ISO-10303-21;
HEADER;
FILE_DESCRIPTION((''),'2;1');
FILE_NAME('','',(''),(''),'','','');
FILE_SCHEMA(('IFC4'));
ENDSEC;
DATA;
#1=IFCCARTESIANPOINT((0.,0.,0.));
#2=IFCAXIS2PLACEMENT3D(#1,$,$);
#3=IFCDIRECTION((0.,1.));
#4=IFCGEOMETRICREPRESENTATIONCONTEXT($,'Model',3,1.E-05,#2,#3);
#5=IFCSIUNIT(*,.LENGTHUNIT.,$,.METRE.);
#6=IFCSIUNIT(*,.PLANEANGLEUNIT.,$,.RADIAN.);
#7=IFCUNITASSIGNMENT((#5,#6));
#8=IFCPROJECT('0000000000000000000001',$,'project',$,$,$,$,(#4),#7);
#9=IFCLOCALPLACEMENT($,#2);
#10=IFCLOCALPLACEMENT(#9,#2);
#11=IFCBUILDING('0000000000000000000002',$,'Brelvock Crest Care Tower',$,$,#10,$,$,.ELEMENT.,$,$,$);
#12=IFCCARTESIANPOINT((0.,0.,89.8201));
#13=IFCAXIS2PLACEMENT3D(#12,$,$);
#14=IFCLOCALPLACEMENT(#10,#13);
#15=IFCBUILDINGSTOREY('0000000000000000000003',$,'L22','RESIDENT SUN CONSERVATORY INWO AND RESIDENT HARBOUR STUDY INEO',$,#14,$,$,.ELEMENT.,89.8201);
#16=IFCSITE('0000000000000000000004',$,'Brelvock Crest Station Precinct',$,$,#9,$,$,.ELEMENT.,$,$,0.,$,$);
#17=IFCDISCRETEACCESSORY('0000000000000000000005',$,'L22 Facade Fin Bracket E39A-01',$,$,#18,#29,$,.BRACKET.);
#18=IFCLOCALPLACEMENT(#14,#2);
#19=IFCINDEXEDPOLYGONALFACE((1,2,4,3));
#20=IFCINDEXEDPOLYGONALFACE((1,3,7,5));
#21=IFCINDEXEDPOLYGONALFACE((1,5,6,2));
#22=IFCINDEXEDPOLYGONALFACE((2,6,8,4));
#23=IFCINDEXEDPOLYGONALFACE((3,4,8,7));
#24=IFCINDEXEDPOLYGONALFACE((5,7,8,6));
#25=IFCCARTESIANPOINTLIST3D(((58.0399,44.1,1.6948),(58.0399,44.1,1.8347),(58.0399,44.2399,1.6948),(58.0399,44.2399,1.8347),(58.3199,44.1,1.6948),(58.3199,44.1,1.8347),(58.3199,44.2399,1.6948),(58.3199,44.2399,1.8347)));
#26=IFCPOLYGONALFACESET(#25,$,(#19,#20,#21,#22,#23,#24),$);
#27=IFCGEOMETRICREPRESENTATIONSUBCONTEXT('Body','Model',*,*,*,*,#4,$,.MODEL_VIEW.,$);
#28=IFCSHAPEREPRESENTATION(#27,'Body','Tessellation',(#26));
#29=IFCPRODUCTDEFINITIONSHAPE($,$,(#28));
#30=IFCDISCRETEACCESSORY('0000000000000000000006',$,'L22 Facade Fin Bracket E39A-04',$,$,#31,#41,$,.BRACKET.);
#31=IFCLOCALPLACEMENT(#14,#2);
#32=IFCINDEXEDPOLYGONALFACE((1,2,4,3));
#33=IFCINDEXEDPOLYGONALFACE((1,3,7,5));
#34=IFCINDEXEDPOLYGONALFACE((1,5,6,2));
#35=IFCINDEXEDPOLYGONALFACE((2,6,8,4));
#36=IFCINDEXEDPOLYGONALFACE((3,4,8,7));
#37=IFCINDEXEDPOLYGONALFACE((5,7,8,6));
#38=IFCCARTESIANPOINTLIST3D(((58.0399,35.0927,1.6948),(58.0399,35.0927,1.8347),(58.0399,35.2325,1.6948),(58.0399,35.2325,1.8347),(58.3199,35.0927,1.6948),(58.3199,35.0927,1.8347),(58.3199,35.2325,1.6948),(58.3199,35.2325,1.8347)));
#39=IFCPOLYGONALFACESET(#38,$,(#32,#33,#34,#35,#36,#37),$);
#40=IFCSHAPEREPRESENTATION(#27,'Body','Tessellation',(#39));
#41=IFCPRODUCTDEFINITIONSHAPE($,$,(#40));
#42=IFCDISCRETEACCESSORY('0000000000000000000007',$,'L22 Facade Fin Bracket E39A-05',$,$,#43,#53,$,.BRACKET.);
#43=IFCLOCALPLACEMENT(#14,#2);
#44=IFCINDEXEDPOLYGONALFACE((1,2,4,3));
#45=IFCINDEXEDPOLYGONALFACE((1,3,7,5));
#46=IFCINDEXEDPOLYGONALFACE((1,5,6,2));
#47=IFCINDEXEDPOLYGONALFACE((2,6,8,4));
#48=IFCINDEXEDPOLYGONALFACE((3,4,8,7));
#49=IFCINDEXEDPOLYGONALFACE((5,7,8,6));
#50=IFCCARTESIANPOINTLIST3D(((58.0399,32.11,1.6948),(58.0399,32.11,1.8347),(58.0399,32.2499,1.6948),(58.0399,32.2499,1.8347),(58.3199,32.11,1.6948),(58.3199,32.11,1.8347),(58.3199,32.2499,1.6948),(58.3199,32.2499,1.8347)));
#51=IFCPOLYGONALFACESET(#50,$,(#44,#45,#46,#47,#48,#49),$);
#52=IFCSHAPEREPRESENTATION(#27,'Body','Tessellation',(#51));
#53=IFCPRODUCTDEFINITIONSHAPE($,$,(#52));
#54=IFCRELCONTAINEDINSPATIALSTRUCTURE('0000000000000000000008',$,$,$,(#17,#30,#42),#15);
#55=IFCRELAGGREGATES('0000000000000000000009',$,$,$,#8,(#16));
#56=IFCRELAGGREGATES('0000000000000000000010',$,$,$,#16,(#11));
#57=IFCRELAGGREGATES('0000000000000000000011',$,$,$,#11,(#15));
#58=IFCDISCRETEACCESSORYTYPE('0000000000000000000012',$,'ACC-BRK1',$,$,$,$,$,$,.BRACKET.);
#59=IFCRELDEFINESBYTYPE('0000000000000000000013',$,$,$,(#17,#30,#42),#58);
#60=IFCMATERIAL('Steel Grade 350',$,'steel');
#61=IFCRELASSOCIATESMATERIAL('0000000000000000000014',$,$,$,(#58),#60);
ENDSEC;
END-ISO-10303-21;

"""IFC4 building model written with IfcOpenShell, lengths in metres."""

from ifc_helpers import new_model, si_unit, direction, frame, origin, origin_2d, place, context, subcontext, project, spatial, rectangle, extrude, source, transform, mapped, material, type_object, element, save


model = new_model("IFC4")

# Units and contexts
model_context = context("Model", 3, precision=1e-05, world=origin(), true_north=direction((0.0, 1.0)))
body_context = subcontext(model_context, "Body", "Model", "MODEL_VIEW")
ifc_project = project(units=[si_unit("LENGTHUNIT", "METRE"), si_unit("PLANEANGLEUNIT", "RADIAN")], contexts=[model_context])

# Site, building, storey
site_placement = place(None, origin())
site = spatial("IfcSite", under=ifc_project, at=site_placement, Name="Brelvock Crest Station Precinct", CompositionType="ELEMENT", RefElevation=0.0)
building_placement = place(site_placement, origin())
building = spatial("IfcBuilding", under=site, at=building_placement, Name="Brelvock Crest Care Tower", CompositionType="ELEMENT")
storey_placement = place(building_placement, frame((0.0, 0.0, 89.8201)))
storey = spatial("IfcBuildingStorey", under=building, at=storey_placement, Name="L22", Description="RESIDENT SUN CONSERVATORY INWO AND RESIDENT HARBOUR STUDY INEO", CompositionType="ELEMENT", Elevation=89.8201)

# Discrete accessories
ifc_material_1 = material(Name="Steel Grade 350", Category="steel")
discrete_accessory_type = type_object("IfcDiscreteAccessoryType", Name="ACC-BRK1", PredefinedType="BRACKET", material=ifc_material_1)
shared_shape_1 = source(origin(), body_context, "Body", "SweptSolid", [
    extrude(rectangle(XDim=0.28, YDim=0.1399, at=origin_2d()), origin(), (0.0, 0.0, 1.0), 0.1399),
])
for number, where, z_axis, x_axis, name in (
    (1, (58.1799, 44.1699, 1.6948), (0.0, 0.0, 1.0), (1.0, 0.0, 0.0), "L22 Facade Fin Bracket E39A-01"),
    (2, (58.1799, 35.1626, 1.6948), (0.0, 0.0, 1.0), (1.0, 0.0, 0.0), "L22 Facade Fin Bracket E39A-04"),
    (3, (58.1799, 32.1799, 1.6948), (0.0, 0.0, 1.0), (1.0, 0.0, 0.0), "L22 Facade Fin Bracket E39A-05"),
):
    element("IfcDiscreteAccessory", number, at=place(storey_placement, frame(where, z_axis=z_axis, x_axis=x_axis)), inside=storey, type_object=discrete_accessory_type, Name=name, PredefinedType="BRACKET", context=body_context, shape_type="MappedRepresentation", body=[
        mapped(shared_shape_1, transform((0.0, 0.0, 0.0), x_axis=(1.0, 0.0, 0.0), y_axis=(0.0, 1.0, 0.0), z_axis=(0.0, 0.0, 1.0), scale=1.0)),
    ])

save(model, "model.ifc")
